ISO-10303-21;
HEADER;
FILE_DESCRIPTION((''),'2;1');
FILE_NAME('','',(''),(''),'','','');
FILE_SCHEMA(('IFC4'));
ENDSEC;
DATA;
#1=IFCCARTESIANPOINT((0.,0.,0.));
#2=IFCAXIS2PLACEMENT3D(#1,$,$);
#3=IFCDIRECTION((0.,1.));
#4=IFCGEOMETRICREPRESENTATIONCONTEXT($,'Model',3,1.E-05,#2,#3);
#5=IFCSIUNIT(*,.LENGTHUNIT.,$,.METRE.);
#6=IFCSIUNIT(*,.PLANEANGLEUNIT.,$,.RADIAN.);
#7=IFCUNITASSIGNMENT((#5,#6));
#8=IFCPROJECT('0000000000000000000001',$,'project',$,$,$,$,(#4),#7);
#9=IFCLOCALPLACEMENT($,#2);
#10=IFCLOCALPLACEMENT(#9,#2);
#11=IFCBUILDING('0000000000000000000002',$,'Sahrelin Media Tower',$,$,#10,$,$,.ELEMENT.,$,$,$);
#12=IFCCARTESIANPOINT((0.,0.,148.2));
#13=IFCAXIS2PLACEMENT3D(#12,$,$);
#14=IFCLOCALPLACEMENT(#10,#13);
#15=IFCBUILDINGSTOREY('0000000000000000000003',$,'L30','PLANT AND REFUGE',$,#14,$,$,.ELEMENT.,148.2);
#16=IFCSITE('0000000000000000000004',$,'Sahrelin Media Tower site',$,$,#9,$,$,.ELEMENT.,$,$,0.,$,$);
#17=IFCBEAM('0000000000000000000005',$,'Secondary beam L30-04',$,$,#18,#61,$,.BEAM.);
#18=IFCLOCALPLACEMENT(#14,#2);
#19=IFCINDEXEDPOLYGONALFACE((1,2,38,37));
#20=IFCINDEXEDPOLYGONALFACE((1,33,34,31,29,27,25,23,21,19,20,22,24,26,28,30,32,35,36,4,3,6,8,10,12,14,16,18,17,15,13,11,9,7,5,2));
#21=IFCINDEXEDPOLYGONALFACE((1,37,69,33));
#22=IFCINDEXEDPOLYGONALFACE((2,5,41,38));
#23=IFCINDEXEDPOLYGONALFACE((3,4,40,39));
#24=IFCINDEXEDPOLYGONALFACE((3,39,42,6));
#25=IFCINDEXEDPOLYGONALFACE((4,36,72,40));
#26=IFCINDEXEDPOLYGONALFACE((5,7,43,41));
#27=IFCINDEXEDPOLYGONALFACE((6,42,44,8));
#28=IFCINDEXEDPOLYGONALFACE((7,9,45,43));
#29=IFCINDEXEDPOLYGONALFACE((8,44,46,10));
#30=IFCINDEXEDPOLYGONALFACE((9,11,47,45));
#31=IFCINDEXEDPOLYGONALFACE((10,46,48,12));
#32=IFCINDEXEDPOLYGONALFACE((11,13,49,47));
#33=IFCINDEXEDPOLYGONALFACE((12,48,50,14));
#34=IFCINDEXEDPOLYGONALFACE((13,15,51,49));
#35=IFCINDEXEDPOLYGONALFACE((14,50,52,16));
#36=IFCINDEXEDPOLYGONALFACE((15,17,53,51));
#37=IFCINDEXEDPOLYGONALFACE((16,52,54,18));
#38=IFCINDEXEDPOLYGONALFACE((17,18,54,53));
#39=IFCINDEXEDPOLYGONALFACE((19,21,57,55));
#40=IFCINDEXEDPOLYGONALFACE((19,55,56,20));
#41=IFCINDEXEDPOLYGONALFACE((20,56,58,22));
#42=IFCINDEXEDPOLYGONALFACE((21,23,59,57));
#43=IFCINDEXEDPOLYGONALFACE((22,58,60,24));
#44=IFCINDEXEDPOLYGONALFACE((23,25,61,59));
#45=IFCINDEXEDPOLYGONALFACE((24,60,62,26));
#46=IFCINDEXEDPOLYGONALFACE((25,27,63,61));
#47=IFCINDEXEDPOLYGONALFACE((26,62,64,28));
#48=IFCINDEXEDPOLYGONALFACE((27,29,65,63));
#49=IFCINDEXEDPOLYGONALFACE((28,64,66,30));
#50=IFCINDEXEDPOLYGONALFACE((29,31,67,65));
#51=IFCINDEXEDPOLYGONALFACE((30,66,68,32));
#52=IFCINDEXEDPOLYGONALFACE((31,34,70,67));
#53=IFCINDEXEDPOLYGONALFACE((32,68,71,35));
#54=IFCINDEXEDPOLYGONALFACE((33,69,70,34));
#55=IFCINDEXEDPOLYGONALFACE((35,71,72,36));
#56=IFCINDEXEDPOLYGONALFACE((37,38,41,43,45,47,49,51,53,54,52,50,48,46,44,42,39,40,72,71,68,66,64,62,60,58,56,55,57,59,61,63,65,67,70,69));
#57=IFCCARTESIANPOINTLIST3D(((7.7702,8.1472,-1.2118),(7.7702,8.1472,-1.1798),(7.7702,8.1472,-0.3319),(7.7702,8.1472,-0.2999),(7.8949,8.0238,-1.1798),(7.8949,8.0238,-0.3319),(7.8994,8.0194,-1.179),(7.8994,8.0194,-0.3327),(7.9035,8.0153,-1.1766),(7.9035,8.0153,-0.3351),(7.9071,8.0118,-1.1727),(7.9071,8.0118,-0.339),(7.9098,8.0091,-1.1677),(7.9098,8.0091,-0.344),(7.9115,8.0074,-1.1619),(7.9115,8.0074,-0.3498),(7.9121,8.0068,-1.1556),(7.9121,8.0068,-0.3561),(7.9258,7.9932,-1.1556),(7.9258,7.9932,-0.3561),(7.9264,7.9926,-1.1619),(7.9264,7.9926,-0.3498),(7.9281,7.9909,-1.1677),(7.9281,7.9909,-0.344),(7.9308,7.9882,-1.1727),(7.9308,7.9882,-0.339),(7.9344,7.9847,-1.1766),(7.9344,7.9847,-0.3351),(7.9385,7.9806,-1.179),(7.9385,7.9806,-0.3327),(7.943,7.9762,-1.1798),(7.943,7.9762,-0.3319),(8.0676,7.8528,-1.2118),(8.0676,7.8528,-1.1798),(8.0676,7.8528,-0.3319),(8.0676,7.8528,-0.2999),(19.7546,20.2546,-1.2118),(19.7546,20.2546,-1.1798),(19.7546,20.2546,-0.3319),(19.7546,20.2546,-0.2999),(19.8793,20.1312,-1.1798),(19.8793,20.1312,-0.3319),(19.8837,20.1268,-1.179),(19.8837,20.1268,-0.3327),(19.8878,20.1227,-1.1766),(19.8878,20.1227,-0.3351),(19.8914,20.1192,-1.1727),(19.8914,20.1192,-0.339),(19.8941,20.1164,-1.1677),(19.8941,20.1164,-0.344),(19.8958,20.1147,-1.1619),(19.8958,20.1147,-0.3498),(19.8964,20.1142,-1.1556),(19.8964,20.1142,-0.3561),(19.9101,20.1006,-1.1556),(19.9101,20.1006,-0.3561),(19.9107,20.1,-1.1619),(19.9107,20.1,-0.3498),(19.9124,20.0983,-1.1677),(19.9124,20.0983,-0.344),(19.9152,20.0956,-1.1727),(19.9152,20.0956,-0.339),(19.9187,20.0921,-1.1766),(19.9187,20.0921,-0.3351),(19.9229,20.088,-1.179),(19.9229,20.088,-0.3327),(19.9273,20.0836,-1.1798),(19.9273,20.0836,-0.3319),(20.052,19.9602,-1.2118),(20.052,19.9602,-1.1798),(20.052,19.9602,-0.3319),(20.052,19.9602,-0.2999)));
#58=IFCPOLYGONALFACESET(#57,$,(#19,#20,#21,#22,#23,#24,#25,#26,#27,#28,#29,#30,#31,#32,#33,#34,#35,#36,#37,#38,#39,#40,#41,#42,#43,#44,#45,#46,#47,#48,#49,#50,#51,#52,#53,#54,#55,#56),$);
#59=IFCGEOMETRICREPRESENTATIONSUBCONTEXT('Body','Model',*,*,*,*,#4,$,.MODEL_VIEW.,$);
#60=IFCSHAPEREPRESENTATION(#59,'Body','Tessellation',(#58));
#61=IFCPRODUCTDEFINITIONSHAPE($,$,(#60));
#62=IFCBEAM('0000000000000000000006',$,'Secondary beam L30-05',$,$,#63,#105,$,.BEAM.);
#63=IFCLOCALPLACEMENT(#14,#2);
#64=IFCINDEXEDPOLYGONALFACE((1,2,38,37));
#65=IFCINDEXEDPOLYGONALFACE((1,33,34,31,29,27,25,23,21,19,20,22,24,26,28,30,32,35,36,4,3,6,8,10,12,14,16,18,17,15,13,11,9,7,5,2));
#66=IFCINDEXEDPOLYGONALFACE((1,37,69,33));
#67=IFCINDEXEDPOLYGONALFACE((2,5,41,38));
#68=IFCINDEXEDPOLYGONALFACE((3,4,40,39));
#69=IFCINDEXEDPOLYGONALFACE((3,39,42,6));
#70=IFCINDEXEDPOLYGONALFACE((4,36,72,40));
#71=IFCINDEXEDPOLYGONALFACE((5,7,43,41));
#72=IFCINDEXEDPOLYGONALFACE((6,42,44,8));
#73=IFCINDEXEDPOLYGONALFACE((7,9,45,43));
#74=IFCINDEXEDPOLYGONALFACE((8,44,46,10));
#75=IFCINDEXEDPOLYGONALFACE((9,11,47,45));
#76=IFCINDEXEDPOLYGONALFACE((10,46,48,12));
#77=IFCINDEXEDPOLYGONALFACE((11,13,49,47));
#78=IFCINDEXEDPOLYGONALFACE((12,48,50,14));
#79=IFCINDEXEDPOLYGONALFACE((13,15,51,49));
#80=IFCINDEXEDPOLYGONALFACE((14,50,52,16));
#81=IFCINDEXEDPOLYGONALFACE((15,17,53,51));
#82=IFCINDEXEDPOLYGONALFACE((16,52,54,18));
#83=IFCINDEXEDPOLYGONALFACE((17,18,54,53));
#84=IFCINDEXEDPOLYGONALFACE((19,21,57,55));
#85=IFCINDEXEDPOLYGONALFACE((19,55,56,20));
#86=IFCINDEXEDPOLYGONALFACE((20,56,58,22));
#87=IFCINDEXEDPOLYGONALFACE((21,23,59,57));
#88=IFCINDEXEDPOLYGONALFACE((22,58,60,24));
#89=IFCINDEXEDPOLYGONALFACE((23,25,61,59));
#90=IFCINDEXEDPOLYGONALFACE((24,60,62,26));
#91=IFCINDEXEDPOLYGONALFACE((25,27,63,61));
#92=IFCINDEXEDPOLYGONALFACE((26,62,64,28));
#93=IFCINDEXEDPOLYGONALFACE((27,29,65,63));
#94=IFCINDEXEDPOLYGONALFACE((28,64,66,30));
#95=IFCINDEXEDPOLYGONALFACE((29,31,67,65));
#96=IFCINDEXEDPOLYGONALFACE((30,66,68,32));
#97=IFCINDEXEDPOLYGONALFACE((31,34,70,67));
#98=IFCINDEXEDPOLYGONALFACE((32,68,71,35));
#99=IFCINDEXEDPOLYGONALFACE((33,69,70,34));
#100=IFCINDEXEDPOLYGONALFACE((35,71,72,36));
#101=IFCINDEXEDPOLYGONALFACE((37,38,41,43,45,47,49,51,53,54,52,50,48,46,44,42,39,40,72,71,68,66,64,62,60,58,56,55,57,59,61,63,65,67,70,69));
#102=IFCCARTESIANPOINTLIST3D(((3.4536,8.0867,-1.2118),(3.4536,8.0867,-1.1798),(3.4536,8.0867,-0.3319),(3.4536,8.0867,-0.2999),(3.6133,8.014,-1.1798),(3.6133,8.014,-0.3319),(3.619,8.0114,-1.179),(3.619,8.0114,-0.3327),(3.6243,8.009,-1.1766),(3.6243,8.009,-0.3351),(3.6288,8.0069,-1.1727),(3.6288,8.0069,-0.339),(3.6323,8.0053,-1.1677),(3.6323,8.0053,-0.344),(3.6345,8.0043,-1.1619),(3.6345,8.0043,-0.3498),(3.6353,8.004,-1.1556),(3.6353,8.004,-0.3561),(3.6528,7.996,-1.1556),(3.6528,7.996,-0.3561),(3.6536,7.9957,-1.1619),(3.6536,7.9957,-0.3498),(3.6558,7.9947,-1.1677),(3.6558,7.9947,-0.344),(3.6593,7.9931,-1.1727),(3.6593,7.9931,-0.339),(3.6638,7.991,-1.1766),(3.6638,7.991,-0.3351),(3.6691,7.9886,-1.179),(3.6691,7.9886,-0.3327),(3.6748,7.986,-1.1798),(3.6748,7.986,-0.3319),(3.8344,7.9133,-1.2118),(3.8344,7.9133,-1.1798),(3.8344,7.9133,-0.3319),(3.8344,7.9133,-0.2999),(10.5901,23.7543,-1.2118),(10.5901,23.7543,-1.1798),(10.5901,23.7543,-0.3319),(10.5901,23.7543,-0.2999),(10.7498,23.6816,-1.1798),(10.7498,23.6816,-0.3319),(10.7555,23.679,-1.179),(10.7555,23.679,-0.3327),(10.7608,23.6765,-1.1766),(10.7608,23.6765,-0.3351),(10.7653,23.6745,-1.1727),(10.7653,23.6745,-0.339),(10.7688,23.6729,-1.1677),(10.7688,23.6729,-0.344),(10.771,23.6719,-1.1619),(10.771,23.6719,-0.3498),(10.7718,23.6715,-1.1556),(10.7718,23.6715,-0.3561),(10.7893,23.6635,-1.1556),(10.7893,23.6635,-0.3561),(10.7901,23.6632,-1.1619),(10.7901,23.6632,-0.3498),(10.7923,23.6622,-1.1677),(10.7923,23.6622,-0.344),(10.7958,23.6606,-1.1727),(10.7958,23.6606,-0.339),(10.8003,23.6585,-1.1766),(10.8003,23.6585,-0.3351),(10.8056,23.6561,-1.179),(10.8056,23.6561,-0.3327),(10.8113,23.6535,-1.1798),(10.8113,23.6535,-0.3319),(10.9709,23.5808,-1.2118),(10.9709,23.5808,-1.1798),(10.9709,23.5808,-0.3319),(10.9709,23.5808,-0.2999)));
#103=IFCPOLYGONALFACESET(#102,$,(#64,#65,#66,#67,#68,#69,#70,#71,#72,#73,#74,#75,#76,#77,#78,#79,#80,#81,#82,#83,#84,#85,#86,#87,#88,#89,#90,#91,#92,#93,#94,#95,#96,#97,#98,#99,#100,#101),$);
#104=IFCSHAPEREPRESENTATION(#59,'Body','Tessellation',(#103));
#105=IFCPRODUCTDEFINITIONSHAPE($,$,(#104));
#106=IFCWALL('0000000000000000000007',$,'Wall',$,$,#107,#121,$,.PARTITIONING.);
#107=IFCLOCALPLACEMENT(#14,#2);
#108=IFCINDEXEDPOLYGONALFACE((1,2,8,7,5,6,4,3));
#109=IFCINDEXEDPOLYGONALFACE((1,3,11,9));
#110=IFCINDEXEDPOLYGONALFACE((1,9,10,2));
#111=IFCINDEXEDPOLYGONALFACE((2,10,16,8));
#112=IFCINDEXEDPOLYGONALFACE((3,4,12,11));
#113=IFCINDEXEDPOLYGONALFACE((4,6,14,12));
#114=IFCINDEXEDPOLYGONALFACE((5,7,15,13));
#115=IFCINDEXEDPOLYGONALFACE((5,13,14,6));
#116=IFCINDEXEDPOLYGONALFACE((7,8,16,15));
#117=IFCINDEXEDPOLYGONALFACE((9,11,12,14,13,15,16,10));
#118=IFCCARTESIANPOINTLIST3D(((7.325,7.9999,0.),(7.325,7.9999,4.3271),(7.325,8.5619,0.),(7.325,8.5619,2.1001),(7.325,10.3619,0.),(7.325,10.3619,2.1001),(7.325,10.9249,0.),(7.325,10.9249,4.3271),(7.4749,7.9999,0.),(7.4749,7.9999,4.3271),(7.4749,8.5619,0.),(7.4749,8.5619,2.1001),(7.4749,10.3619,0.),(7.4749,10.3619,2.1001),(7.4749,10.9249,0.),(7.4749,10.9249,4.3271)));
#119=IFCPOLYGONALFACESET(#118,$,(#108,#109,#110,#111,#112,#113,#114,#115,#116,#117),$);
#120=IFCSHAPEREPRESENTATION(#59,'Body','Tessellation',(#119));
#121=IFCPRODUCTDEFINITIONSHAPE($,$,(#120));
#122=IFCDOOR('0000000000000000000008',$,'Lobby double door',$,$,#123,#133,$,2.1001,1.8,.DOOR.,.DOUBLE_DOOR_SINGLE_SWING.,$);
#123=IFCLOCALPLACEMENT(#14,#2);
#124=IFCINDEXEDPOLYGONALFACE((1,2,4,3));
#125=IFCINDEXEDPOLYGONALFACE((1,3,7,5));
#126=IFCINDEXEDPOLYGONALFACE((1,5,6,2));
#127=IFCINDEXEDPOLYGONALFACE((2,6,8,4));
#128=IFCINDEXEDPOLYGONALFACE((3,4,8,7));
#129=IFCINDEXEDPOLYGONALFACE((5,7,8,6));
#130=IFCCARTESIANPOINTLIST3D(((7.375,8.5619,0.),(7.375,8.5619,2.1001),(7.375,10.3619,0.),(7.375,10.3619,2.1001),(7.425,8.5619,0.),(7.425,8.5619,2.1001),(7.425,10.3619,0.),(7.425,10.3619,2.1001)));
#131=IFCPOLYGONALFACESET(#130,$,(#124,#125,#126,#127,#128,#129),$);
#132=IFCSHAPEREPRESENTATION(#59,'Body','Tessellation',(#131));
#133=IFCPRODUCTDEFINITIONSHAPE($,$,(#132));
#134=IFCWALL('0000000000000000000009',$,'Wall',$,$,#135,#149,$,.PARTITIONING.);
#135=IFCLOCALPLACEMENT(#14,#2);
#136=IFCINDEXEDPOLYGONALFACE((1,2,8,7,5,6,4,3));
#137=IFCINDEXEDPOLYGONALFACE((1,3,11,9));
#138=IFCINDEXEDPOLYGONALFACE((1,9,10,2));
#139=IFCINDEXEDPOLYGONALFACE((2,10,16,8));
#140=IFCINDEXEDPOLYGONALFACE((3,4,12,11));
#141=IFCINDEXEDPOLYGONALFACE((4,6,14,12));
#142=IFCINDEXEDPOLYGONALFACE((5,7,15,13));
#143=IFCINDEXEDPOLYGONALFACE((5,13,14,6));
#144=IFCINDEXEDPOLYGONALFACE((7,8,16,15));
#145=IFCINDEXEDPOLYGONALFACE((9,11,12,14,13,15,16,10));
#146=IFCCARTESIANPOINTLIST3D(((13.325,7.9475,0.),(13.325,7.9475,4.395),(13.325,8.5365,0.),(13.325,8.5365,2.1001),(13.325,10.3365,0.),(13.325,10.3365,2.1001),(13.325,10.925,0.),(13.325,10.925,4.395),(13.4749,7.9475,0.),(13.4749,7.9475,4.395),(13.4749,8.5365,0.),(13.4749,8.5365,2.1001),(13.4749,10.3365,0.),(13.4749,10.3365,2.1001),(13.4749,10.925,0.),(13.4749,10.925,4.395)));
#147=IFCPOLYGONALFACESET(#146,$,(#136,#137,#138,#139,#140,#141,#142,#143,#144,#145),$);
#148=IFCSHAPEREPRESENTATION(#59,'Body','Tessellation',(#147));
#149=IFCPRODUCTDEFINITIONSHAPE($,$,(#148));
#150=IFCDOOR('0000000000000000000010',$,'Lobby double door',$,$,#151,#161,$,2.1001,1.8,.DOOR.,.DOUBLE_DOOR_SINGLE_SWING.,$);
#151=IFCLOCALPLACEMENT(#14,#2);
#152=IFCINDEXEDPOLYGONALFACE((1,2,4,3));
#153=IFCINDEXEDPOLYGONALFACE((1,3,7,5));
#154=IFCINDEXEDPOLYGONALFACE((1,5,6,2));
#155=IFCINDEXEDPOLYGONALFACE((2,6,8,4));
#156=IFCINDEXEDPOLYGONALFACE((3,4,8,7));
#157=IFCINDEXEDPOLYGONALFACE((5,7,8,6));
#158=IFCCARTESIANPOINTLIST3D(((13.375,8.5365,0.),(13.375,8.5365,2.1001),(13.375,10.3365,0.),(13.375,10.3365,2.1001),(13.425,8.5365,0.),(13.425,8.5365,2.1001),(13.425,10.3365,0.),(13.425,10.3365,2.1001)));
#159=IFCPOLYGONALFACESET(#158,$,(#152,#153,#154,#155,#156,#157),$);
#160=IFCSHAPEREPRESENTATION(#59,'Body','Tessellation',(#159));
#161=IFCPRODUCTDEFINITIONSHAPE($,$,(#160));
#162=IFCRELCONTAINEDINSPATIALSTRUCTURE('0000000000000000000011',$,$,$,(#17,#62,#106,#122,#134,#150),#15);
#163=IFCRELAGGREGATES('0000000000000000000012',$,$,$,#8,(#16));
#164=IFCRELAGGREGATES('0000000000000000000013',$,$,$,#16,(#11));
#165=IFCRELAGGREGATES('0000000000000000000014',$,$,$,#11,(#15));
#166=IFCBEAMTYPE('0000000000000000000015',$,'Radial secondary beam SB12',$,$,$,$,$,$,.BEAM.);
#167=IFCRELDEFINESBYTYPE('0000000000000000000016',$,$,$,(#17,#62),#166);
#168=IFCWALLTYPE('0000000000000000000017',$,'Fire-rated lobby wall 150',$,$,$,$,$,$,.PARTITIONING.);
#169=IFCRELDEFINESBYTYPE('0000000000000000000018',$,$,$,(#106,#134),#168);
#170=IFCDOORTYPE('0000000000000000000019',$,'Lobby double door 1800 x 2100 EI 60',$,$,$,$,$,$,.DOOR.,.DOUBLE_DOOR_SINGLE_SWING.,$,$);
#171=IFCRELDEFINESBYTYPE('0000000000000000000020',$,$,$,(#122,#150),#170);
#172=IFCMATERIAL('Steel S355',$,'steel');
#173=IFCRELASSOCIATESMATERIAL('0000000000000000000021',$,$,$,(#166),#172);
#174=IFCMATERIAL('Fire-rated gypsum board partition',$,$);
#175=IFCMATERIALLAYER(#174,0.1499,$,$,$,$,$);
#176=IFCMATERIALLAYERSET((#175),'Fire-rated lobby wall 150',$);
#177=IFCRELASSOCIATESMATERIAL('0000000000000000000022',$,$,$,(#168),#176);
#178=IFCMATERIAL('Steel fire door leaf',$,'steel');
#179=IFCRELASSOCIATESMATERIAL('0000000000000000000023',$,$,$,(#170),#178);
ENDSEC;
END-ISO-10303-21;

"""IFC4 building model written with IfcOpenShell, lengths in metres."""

from ifc_helpers import new_model, si_unit, direction, frame, frame_2d, origin, origin_2d, place, context, subcontext, project, spatial, rectangle, i_section, extrude, material, layer, layer_set, material_profile, profile_set, type_object, element, fill, save


model = new_model("IFC4")

# Units and contexts
model_context = context("Model", 3, precision=1e-05, world=origin(), true_north=direction((0.0, 1.0)))
body_context = subcontext(model_context, "Body", "Model", "MODEL_VIEW")
ifc_project = project(units=[si_unit("LENGTHUNIT", "METRE"), si_unit("PLANEANGLEUNIT", "RADIAN")], contexts=[model_context])

# Site, building, storey
site_placement = place(None, origin())
site = spatial("IfcSite", under=ifc_project, at=site_placement, Name="Sahrelin Media Tower site", CompositionType="ELEMENT", RefElevation=0.0)
building_placement = place(site_placement, origin())
building = spatial("IfcBuilding", under=site, at=building_placement, Name="Sahrelin Media Tower", CompositionType="ELEMENT")
storey_placement = place(building_placement, frame((0.0, 0.0, 148.2)))
storey = spatial("IfcBuildingStorey", under=building, at=storey_placement, Name="L30", Description="PLANT AND REFUGE", CompositionType="ELEMENT", Elevation=148.2)

# Beams
ifc_material_1 = material(Name="Steel S355", Category="steel")
ifc_material_profile_1 = material_profile(ifc_material_1, i_section(OverallWidth=0.4185, OverallDepth=0.9119, WebThickness=0.0193, FlangeThickness=0.032, FilletRadius=0.0242, at=origin_2d()), Name="UB 914x419x343")
ifc_profile_set_1 = profile_set([ifc_material_profile_1], Name="Steel S355")
beam_type_1 = type_object("IfcBeamType", Name="Radial secondary beam SB12", PredefinedType="BEAM", material=ifc_profile_set_1)
beam_1_placement = place(storey_placement, frame((7.9189, 8.0, -0.7559), z_axis=(0.703486, 0.710709, 0.0), x_axis=(-0.710709, 0.703486, 0.0)))
element("IfcBeam", 1, at=beam_1_placement, inside=storey, type_object=beam_type_1, Name="Secondary beam L30-04", PredefinedType="BEAM", context=body_context, shape_type="SweptSolid", body=[
    extrude(i_section(OverallWidth=0.4185, OverallDepth=0.9119, WebThickness=0.0193, FlangeThickness=0.032, FilletRadius=0.0242, at=origin_2d()), origin(), (0.0, 0.0, 1.0), 17.0356),
])
beam_2_placement = place(storey_placement, frame((3.644, 8.0, -0.7559), z_axis=(0.41452, 0.91004, 0.0), x_axis=(-0.91004, 0.41452, 0.0)))
element("IfcBeam", 2, at=beam_2_placement, inside=storey, type_object=beam_type_1, Name="Secondary beam L30-05", PredefinedType="BEAM", context=body_context, shape_type="SweptSolid", body=[
    extrude(i_section(OverallWidth=0.4185, OverallDepth=0.9119, WebThickness=0.0193, FlangeThickness=0.032, FilletRadius=0.0242, at=origin_2d()), origin(), (0.0, 0.0, 1.0), 17.2163),
])

# Walls, openings, doors
ifc_material_2 = material(Name="Fire-rated gypsum board partition")
ifc_layer = layer(ifc_material_2, 0.1499)
ifc_layer_set = layer_set([ifc_layer], Name="Fire-rated lobby wall 150")
wall_type = type_object("IfcWallType", Name="Fire-rated lobby wall 150", PredefinedType="PARTITIONING", material=ifc_layer_set)
wall_1_placement = place(storey_placement, frame((7.3999, 8.0, 0.0), z_axis=(0.0, 0.0, 1.0), x_axis=(0.0, 1.0, 0.0)))
wall_1 = element("IfcWall", 3, at=wall_1_placement, inside=storey, type_object=wall_type, Name="Wall", PredefinedType="PARTITIONING", context=body_context, shape_type="SweptSolid", body=[
    extrude(rectangle(XDim=2.925, YDim=0.1499, at=frame_2d((1.4624, 0.0))), origin(), (0.0, 0.0, 1.0), 4.3271),
])
opening_1_placement = place(wall_1_placement, frame((0.562, 0.0, 0.0)))
opening_1 = element("IfcOpeningElement", 4, at=opening_1_placement, cuts=wall_1, PredefinedType="OPENING", context=body_context, shape_type="SweptSolid", body=[
    extrude(rectangle(XDim=1.8, YDim=2.1001, at=frame_2d((0.8999, 1.05))), frame((0.0, 0.075, 0.0), z_axis=(0.0, -1.0, 0.0), x_axis=(1.0, 0.0, 0.0)), (0.0, 0.0, 1.0), 0.1499),
])
ifc_material_3 = material(Name="Steel fire door leaf", Category="steel")
door_type = type_object("IfcDoorType", Name="Lobby double door 1800 x 2100 EI 60", OperationType="DOUBLE_DOOR_SINGLE_SWING", PredefinedType="DOOR", material=ifc_material_3)
door_1_placement = place(opening_1_placement, origin())
door_1 = element("IfcDoor", 5, at=door_1_placement, inside=storey, type_object=door_type, Name="Lobby double door", OperationType="DOUBLE_DOOR_SINGLE_SWING", OverallHeight=2.1001, OverallWidth=1.8, PredefinedType="DOOR", context=body_context, shape_type="SweptSolid", body=[
    extrude(rectangle(XDim=1.8, YDim=2.1001, at=frame_2d((0.8999, 1.05))), frame((0.0, 0.0249, 0.0), z_axis=(0.0, -1.0, 0.0), x_axis=(1.0, 0.0, 0.0)), (0.0, 0.0, 1.0), 0.05),
])
fill(opening_1, door_1)
wall_2_placement = place(storey_placement, frame((13.3999, 7.9475, 0.0), z_axis=(0.0, 0.0, 1.0), x_axis=(0.0, 1.0, 0.0)))
wall_2 = element("IfcWall", 6, at=wall_2_placement, inside=storey, type_object=wall_type, Name="Wall", PredefinedType="PARTITIONING", context=body_context, shape_type="SweptSolid", body=[
    extrude(rectangle(XDim=2.9775, YDim=0.1499, at=frame_2d((1.4888, 0.0))), origin(), (0.0, 0.0, 1.0), 4.395),
])
opening_2_placement = place(wall_2_placement, frame((0.5891, 0.0, 0.0)))
opening_2 = element("IfcOpeningElement", 7, at=opening_2_placement, cuts=wall_2, PredefinedType="OPENING", context=body_context, shape_type="SweptSolid", body=[
    extrude(rectangle(XDim=1.8, YDim=2.1001, at=frame_2d((0.8999, 1.05))), frame((0.0, 0.075, 0.0), z_axis=(0.0, -1.0, 0.0), x_axis=(1.0, 0.0, 0.0)), (0.0, 0.0, 1.0), 0.1499),
])
door_2_placement = place(opening_2_placement, origin())
door_2 = element("IfcDoor", 8, at=door_2_placement, inside=storey, type_object=door_type, Name="Lobby double door", OperationType="DOUBLE_DOOR_SINGLE_SWING", OverallHeight=2.1001, OverallWidth=1.8, PredefinedType="DOOR", context=body_context, shape_type="SweptSolid", body=[
    extrude(rectangle(XDim=1.8, YDim=2.1001, at=frame_2d((0.8999, 1.05))), frame((0.0, 0.0249, 0.0), z_axis=(0.0, -1.0, 0.0), x_axis=(1.0, 0.0, 0.0)), (0.0, 0.0, 1.0), 0.05),
])
fill(opening_2, door_2)

save(model, "model.ifc")
